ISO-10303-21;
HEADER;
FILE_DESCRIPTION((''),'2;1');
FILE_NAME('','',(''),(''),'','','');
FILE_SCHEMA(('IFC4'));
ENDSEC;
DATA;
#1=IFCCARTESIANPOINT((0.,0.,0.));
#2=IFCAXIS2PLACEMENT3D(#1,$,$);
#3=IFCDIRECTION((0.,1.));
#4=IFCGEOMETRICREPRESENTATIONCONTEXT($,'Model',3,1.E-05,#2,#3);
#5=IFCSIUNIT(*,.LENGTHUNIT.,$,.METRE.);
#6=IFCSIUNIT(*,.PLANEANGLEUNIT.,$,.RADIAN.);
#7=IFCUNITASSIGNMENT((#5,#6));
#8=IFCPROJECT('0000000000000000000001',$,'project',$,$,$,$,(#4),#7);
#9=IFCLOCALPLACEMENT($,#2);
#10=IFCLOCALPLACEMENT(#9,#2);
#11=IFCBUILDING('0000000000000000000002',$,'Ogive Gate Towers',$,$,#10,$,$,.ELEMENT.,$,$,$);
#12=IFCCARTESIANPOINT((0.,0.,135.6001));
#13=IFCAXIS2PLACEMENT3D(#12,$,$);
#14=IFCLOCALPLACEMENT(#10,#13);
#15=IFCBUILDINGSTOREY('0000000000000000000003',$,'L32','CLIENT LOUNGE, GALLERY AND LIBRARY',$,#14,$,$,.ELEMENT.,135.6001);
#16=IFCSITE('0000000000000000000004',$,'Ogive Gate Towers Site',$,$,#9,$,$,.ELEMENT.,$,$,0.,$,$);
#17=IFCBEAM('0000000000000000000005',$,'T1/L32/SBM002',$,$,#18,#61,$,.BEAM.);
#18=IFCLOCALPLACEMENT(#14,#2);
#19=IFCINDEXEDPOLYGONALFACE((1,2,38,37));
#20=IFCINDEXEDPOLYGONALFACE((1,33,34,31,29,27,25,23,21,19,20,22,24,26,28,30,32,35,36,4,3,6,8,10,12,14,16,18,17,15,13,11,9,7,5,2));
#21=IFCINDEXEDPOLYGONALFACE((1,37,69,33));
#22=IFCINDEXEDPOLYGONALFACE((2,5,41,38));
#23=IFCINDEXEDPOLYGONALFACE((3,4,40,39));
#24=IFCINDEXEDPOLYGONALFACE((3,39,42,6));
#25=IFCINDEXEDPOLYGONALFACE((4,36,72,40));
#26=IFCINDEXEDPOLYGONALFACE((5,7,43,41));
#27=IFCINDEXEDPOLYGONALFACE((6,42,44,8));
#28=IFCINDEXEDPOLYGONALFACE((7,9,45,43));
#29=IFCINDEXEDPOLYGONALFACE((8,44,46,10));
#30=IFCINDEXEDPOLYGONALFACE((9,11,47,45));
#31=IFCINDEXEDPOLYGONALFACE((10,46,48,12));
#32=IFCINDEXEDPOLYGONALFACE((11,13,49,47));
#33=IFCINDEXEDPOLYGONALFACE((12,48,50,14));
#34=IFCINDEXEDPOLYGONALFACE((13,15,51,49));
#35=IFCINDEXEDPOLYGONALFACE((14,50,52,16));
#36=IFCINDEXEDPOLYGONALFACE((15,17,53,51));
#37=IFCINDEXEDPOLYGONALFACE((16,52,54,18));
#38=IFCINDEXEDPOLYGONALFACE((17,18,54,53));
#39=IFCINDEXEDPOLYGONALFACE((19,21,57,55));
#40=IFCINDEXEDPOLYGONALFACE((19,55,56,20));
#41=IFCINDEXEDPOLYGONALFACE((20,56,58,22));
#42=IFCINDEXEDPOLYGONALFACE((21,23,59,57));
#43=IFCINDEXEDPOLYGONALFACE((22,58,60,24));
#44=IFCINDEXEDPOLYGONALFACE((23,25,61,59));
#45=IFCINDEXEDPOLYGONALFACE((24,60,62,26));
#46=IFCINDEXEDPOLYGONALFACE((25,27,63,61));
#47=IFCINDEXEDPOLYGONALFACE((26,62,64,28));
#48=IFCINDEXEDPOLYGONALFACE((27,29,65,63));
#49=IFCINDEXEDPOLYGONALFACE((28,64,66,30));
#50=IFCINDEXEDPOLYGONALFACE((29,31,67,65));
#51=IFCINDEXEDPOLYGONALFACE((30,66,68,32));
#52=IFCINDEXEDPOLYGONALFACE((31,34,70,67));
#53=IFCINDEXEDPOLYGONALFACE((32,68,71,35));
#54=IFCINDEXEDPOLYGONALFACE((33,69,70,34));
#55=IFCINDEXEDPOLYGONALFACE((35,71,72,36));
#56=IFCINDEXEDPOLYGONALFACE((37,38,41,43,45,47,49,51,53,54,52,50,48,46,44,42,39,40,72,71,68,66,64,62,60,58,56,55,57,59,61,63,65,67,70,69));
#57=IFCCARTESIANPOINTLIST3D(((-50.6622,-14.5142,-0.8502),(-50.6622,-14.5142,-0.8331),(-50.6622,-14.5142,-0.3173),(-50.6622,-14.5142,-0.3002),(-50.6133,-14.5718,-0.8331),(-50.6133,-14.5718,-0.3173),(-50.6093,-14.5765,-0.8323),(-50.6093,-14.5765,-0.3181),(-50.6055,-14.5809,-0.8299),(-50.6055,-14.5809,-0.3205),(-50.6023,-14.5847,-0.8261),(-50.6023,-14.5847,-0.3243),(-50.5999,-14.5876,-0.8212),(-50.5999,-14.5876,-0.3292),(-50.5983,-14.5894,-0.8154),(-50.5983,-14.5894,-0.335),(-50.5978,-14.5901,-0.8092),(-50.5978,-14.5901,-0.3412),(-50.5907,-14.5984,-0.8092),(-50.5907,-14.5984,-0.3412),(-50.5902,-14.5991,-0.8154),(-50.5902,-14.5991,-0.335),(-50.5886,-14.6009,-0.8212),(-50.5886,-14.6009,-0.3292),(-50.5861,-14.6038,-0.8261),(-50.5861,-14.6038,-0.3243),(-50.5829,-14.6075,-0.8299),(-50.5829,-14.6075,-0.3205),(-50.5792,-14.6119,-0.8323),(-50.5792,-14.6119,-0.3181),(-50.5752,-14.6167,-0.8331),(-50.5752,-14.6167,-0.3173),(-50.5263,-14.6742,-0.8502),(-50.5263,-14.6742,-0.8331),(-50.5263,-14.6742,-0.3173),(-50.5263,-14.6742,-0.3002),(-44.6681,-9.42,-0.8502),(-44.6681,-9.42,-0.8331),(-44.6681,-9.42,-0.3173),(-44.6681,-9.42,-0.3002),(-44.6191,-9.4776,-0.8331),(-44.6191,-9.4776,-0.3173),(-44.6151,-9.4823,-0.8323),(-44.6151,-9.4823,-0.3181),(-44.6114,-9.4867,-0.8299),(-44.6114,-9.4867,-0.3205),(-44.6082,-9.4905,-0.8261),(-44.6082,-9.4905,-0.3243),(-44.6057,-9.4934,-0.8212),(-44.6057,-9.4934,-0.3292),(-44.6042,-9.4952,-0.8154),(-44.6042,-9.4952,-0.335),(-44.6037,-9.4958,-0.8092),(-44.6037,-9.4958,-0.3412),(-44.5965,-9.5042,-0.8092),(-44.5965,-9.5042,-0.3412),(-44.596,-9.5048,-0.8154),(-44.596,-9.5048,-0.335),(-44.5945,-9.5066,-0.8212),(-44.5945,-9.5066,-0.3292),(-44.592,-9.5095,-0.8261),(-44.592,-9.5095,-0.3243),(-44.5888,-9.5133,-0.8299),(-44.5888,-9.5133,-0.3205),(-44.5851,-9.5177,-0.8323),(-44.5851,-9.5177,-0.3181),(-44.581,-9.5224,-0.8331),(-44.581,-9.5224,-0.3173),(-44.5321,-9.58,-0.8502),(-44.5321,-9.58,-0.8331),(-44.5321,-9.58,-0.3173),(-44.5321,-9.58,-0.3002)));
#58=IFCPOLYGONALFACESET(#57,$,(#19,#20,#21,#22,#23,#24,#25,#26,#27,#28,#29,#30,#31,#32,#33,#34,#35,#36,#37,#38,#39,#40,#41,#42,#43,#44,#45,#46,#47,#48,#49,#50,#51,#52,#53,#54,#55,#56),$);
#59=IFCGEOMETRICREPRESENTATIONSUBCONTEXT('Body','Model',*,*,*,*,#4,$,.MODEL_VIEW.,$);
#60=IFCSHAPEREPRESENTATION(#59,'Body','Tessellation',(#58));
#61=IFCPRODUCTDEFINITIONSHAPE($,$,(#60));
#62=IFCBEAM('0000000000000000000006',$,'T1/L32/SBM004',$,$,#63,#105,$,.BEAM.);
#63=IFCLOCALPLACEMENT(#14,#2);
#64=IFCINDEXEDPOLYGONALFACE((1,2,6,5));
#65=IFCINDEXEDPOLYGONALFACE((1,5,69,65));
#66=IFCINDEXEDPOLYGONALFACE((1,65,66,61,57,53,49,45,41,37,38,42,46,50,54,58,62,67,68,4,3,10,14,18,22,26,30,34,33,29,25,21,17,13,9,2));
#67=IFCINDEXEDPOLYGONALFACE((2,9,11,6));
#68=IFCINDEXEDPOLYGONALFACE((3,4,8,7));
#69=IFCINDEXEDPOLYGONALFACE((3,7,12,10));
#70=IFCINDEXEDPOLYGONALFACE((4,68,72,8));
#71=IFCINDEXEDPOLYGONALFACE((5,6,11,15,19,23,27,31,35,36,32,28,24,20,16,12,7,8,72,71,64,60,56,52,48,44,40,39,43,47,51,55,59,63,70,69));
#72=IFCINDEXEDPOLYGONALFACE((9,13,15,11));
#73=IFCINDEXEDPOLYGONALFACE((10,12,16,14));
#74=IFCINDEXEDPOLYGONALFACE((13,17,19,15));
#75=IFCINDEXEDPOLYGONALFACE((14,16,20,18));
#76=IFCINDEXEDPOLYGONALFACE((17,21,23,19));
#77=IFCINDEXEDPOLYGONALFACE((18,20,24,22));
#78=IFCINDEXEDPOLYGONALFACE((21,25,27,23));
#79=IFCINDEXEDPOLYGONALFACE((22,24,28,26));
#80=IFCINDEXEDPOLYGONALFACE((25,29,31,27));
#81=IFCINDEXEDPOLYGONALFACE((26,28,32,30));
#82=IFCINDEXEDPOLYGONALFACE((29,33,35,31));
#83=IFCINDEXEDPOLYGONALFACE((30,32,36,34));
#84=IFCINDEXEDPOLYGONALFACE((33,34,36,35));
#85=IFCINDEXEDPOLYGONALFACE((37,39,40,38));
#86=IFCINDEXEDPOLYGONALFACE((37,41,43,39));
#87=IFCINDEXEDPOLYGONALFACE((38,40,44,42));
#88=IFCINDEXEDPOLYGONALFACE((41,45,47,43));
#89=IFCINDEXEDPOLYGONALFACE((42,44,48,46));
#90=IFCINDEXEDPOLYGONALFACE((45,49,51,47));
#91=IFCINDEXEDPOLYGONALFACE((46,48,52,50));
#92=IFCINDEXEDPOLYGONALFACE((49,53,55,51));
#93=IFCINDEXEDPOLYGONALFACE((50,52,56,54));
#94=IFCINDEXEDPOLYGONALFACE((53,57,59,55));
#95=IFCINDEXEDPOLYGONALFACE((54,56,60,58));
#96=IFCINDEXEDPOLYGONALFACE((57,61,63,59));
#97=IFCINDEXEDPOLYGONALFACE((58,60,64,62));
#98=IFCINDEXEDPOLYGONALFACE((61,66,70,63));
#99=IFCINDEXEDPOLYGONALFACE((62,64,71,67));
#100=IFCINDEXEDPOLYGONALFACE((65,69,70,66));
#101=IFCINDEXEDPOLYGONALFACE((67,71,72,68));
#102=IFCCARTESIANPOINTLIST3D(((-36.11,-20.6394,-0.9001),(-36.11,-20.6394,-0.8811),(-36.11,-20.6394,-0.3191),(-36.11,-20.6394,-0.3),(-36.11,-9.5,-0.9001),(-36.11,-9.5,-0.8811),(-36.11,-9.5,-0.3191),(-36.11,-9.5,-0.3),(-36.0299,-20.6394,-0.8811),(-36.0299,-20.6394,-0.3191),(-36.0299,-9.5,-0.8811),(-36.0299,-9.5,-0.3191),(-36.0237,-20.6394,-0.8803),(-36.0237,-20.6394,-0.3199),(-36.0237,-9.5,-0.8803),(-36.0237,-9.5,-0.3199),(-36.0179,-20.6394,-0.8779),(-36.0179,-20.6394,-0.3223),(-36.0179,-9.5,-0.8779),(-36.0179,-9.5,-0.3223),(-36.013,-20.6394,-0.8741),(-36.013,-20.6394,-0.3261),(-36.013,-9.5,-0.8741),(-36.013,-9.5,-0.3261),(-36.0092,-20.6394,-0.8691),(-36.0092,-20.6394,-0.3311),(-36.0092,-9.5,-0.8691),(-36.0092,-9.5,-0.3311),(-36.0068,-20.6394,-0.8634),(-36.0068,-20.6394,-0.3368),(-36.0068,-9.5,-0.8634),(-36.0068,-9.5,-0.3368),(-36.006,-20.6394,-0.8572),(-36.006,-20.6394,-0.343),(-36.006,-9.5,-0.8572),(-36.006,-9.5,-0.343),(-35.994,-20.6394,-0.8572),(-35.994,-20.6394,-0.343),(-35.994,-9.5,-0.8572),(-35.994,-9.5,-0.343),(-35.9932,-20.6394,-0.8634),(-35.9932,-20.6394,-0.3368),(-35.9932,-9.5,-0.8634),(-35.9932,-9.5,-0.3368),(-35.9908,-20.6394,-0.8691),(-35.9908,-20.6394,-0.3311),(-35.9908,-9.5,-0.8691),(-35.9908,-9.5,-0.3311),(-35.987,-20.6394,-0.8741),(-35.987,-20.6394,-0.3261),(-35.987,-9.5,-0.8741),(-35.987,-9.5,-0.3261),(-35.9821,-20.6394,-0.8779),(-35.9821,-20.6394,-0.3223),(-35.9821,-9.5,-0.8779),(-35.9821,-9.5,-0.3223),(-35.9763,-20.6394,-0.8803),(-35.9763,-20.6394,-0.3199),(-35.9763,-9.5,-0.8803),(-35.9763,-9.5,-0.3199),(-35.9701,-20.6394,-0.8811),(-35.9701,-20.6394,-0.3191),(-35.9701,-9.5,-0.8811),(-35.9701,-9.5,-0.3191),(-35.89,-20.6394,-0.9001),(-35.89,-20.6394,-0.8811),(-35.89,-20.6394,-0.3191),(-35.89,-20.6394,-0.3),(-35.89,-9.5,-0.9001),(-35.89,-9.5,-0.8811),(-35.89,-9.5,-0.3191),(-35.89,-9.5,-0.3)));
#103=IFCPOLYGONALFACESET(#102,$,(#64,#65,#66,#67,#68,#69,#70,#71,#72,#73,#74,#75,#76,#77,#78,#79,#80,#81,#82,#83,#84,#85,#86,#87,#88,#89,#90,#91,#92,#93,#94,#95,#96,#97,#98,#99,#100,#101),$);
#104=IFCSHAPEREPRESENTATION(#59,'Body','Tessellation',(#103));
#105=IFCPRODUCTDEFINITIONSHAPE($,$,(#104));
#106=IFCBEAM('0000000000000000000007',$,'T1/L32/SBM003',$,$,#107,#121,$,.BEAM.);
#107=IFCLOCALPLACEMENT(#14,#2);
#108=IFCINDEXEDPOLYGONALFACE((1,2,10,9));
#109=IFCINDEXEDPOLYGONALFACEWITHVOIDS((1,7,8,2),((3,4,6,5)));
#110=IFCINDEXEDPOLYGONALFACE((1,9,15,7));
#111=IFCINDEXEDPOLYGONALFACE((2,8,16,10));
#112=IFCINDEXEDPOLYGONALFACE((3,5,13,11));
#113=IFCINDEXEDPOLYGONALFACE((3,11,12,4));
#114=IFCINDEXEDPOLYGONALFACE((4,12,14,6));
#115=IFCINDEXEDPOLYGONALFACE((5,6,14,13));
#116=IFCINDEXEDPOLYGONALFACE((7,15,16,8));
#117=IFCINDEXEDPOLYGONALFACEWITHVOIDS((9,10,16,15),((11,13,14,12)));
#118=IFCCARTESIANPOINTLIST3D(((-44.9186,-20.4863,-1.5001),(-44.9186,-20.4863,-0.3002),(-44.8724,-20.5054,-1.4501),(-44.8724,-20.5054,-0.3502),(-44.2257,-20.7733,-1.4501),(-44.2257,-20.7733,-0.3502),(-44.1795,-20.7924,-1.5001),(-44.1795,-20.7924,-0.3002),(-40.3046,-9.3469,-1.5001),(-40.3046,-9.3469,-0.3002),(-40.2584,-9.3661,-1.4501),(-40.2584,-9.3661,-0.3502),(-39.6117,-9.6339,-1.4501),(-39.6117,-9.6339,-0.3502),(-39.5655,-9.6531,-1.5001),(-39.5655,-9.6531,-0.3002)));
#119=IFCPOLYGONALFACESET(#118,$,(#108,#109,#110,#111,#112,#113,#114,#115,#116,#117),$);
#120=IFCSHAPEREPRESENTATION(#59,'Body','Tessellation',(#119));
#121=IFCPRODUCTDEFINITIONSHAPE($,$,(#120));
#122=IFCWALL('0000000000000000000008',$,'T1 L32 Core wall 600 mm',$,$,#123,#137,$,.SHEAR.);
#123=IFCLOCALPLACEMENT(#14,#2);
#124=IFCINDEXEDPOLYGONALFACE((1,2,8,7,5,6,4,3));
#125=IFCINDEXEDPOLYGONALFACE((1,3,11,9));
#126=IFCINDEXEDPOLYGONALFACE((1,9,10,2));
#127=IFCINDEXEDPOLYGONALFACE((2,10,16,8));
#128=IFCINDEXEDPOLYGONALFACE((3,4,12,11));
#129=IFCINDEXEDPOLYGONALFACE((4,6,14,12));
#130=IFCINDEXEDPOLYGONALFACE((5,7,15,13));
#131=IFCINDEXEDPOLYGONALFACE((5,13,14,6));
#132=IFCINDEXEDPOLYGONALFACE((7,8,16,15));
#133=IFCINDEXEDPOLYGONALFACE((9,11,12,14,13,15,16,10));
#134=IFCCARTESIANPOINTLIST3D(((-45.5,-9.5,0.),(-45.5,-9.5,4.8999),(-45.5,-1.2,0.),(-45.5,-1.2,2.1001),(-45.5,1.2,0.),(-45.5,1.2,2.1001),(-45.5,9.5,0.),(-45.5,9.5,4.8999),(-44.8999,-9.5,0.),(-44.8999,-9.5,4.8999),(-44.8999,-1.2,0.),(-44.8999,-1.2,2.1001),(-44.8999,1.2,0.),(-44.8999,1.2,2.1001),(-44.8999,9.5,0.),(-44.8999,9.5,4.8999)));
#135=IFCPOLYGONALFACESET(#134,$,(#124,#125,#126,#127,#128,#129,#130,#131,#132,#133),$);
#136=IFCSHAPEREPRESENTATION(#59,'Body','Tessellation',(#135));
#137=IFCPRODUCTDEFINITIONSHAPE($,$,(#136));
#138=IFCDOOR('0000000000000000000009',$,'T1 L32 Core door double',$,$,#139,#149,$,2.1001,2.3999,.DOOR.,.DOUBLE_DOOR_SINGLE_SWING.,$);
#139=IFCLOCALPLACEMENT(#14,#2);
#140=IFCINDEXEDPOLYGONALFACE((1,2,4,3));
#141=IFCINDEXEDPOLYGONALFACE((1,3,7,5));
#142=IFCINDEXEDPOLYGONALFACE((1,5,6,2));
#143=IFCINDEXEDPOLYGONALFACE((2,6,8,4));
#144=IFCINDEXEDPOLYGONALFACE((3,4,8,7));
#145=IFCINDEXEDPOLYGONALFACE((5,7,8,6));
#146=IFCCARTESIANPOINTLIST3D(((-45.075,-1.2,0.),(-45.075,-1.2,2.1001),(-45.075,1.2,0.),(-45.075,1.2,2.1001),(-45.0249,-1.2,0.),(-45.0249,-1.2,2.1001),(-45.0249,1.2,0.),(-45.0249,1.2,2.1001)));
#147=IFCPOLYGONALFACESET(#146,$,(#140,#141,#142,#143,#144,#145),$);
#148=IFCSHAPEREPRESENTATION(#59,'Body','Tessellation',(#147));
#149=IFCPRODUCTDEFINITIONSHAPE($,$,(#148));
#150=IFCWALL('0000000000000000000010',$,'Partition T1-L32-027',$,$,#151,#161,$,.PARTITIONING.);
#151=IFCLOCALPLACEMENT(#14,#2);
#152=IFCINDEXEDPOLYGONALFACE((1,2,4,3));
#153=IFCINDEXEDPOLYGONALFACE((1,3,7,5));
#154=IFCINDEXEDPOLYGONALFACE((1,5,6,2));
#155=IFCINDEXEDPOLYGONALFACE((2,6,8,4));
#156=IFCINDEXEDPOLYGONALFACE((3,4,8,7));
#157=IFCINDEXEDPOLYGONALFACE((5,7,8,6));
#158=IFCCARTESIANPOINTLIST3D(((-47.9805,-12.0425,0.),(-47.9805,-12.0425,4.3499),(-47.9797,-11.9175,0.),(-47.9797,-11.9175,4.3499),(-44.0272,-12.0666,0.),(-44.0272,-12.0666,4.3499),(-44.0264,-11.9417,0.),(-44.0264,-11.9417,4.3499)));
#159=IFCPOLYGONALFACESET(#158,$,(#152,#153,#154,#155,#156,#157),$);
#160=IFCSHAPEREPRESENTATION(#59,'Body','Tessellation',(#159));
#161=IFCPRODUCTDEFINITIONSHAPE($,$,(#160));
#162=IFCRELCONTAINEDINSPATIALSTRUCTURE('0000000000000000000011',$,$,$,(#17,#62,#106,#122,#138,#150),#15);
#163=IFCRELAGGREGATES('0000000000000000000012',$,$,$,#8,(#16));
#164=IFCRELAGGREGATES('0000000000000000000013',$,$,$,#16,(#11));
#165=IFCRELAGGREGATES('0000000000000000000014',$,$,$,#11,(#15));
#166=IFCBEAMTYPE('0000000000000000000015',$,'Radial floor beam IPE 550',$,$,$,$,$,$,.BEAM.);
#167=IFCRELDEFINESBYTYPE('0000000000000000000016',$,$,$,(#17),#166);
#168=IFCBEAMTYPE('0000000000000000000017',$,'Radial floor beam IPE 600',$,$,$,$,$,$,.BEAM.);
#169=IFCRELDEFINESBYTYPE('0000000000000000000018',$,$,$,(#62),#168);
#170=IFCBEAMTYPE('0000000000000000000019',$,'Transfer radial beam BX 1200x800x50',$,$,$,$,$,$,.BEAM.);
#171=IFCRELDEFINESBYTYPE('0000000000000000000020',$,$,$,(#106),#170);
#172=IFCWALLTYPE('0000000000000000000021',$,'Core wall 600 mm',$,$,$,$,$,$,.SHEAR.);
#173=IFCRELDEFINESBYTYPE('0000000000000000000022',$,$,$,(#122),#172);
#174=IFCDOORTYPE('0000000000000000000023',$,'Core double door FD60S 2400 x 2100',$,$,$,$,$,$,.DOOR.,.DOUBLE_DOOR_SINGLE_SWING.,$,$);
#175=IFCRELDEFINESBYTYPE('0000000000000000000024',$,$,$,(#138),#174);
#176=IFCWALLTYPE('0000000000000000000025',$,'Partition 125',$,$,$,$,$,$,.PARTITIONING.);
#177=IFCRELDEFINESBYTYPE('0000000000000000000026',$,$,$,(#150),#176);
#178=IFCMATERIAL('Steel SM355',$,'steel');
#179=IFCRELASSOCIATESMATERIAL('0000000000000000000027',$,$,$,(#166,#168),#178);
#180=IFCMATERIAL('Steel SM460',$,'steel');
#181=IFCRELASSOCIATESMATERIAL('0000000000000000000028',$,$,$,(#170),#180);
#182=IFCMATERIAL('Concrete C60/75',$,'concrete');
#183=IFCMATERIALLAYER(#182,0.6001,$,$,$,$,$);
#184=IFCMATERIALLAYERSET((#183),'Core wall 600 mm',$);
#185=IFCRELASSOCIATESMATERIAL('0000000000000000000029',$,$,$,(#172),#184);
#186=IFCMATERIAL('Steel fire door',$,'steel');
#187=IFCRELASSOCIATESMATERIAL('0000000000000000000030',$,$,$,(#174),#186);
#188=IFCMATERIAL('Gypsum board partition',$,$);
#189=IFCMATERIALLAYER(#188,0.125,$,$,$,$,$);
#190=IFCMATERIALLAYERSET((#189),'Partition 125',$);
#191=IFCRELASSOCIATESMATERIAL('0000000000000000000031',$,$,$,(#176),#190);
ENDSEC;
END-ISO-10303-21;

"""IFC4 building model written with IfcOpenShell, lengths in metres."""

from ifc_helpers import new_model, si_unit, direction, frame, frame_2d, origin, origin_2d, place, context, subcontext, project, spatial, rectangle, hollow_rectangle, i_section, extrude, material, layer, layer_set, material_profile, profile_set, type_object, element, fill, save


model = new_model("IFC4")

# Units and contexts
model_context = context("Model", 3, precision=1e-05, world=origin(), true_north=direction((0.0, 1.0)))
body_context = subcontext(model_context, "Body", "Model", "MODEL_VIEW")
ifc_project = project(units=[si_unit("LENGTHUNIT", "METRE"), si_unit("PLANEANGLEUNIT", "RADIAN")], contexts=[model_context])

# Site, building, storey
site_placement = place(None, origin())
site = spatial("IfcSite", under=ifc_project, at=site_placement, Name="Ogive Gate Towers Site", CompositionType="ELEMENT", RefElevation=0.0)
building_placement = place(site_placement, origin())
building = spatial("IfcBuilding", under=site, at=building_placement, Name="Ogive Gate Towers", CompositionType="ELEMENT")
storey_placement = place(building_placement, frame((0.0, 0.0, 135.6001)))
storey = spatial("IfcBuildingStorey", under=building, at=storey_placement, Name="L32", Description="CLIENT LOUNGE, GALLERY AND LIBRARY", CompositionType="ELEMENT", Elevation=135.6001)

# Beams
ifc_material_1 = material(Name="Steel SM355", Category="steel")
ifc_material_profile_1 = material_profile(ifc_material_1, i_section(OverallWidth=0.21, OverallDepth=0.55, WebThickness=0.011, FlangeThickness=0.0171, FilletRadius=0.0239, at=origin_2d()), Name="IPE 550")
ifc_profile_set_1 = profile_set([ifc_material_profile_1], Name="Steel SM355")
beam_type_1 = type_object("IfcBeamType", Name="Radial floor beam IPE 550", PredefinedType="BEAM", material=ifc_profile_set_1)
beam_1_placement = place(storey_placement, frame((-44.6001, -9.5, -0.5752), z_axis=(-0.761988, -0.647591, 0.0), x_axis=(0.647591, -0.761988, 0.0)))
element("IfcBeam", 1, at=beam_1_placement, inside=storey, type_object=beam_type_1, Name="T1/L32/SBM002", PredefinedType="BEAM", context=body_context, shape_type="SweptSolid", body=[
    extrude(i_section(OverallWidth=0.21, OverallDepth=0.55, WebThickness=0.011, FlangeThickness=0.0171, FilletRadius=0.0239, at=origin_2d()), origin(), (0.0, 0.0, 1.0), 7.8665),
])
ifc_material_profile_2 = material_profile(ifc_material_1, i_section(OverallWidth=0.22, OverallDepth=0.6001, WebThickness=0.012, FlangeThickness=0.019, FilletRadius=0.0239, at=origin_2d()), Name="IPE 600")
ifc_profile_set_2 = profile_set([ifc_material_profile_2], Name="Steel SM355")
beam_type_2 = type_object("IfcBeamType", Name="Radial floor beam IPE 600", PredefinedType="BEAM", material=ifc_profile_set_2)
beam_2_placement = place(storey_placement, frame((-36.0, -9.5, -0.6001), z_axis=(0.0, -1.0, 0.0), x_axis=(1.0, 0.0, 0.0)))
element("IfcBeam", 2, at=beam_2_placement, inside=storey, type_object=beam_type_2, Name="T1/L32/SBM004", PredefinedType="BEAM", context=body_context, shape_type="SweptSolid", body=[
    extrude(i_section(OverallWidth=0.22, OverallDepth=0.6001, WebThickness=0.012, FlangeThickness=0.019, FilletRadius=0.0239, at=origin_2d()), origin(), (0.0, 0.0, 1.0), 11.1394),
])
ifc_material_2 = material(Name="Steel SM460", Category="steel")
ifc_material_profile_3 = material_profile(ifc_material_2, hollow_rectangle(XDim=0.8, YDim=1.2, WallThickness=0.05, at=origin_2d()), Name="BX 1200x800x50")
ifc_profile_set_3 = profile_set([ifc_material_profile_3], Name="Steel SM460")
beam_type_3 = type_object("IfcBeamType", Name="Transfer radial beam BX 1200x800x50", PredefinedType="BEAM", material=ifc_profile_set_3)
beam_3_placement = place(storey_placement, frame((-39.9351, -9.5, -0.9001), z_axis=(-0.382678, -0.923882, 0.0), x_axis=(0.923882, -0.382678, 0.0)))
element("IfcBeam", 3, at=beam_3_placement, inside=storey, type_object=beam_type_3, Name="T1/L32/SBM003", PredefinedType="BEAM", context=body_context, shape_type="SweptSolid", body=[
    extrude(hollow_rectangle(XDim=0.8, YDim=1.2, WallThickness=0.05, at=origin_2d()), origin(), (0.0, 0.0, 1.0), 12.0571),
])

# Wall, opening, door
ifc_material_3 = material(Name="Concrete C60/75", Category="concrete")
ifc_layer_1 = layer(ifc_material_3, 0.6001)
ifc_layer_set_1 = layer_set([ifc_layer_1], Name="Core wall 600 mm")
wall_type_1 = type_object("IfcWallType", Name="Core wall 600 mm", PredefinedType="SHEAR", material=ifc_layer_set_1)
wall_1_placement = place(storey_placement, frame((-45.2, -9.5, 0.0), z_axis=(0.0, 0.0, 1.0), x_axis=(0.0, 1.0, 0.0)))
wall_1 = element("IfcWall", 4, at=wall_1_placement, inside=storey, type_object=wall_type_1, Name="T1 L32 Core wall 600 mm", PredefinedType="SHEAR", context=body_context, shape_type="SweptSolid", body=[
    extrude(rectangle(XDim=19.0, YDim=0.6001, at=frame_2d((9.5, 0.0))), origin(), (0.0, 0.0, 1.0), 4.8999),
])
opening_1_placement = place(wall_1_placement, frame((8.3, 0.0, 0.0)))
opening_1 = element("IfcOpeningElement", 5, at=opening_1_placement, cuts=wall_1, PredefinedType="OPENING", context=body_context, shape_type="SweptSolid", body=[
    extrude(rectangle(XDim=2.3999, YDim=2.1001, at=frame_2d((1.2, 1.05))), frame((0.0, 0.3101, 0.0), z_axis=(0.0, -1.0, 0.0), x_axis=(1.0, 0.0, 0.0)), (0.0, 0.0, 1.0), 0.6201),
])
ifc_material_4 = material(Name="Steel fire door", Category="steel")
door_type_1 = type_object("IfcDoorType", Name="Core double door FD60S 2400 x 2100", OperationType="DOUBLE_DOOR_SINGLE_SWING", PredefinedType="DOOR", material=ifc_material_4)
door_1_placement = place(opening_1_placement, origin())
door_1 = element("IfcDoor", 6, at=door_1_placement, inside=storey, type_object=door_type_1, Name="T1 L32 Core door double", OperationType="DOUBLE_DOOR_SINGLE_SWING", OverallHeight=2.1001, OverallWidth=2.3999, PredefinedType="DOOR", context=body_context, shape_type="SweptSolid", body=[
    extrude(rectangle(XDim=2.3999, YDim=2.1001, at=frame_2d((1.2, 1.05))), frame((0.0, -0.125, 0.0), z_axis=(0.0, -1.0, 0.0), x_axis=(1.0, 0.0, 0.0)), (0.0, 0.0, 1.0), 0.05),
])
fill(opening_1, door_1)

# Wall
ifc_material_5 = material(Name="Gypsum board partition")
ifc_layer_2 = layer(ifc_material_5, 0.125)
ifc_layer_set_2 = layer_set([ifc_layer_2], Name="Partition 125")
wall_type_2 = type_object("IfcWallType", Name="Partition 125", PredefinedType="PARTITIONING", material=ifc_layer_set_2)
wall_2_placement = place(storey_placement, frame((-47.98, -11.98, 0.0), z_axis=(0.0, 0.0, 1.0), x_axis=(0.999981, -0.006114, 0.0)))
element("IfcWall", 7, at=wall_2_placement, inside=storey, type_object=wall_type_2, Name="Partition T1-L32-027", PredefinedType="PARTITIONING", context=body_context, shape_type="SweptSolid", body=[
    extrude(rectangle(XDim=3.9534, YDim=0.125, at=frame_2d((1.9766, 0.0))), origin(), (0.0, 0.0, 1.0), 4.3499),
])

save(model, "model.ifc")
